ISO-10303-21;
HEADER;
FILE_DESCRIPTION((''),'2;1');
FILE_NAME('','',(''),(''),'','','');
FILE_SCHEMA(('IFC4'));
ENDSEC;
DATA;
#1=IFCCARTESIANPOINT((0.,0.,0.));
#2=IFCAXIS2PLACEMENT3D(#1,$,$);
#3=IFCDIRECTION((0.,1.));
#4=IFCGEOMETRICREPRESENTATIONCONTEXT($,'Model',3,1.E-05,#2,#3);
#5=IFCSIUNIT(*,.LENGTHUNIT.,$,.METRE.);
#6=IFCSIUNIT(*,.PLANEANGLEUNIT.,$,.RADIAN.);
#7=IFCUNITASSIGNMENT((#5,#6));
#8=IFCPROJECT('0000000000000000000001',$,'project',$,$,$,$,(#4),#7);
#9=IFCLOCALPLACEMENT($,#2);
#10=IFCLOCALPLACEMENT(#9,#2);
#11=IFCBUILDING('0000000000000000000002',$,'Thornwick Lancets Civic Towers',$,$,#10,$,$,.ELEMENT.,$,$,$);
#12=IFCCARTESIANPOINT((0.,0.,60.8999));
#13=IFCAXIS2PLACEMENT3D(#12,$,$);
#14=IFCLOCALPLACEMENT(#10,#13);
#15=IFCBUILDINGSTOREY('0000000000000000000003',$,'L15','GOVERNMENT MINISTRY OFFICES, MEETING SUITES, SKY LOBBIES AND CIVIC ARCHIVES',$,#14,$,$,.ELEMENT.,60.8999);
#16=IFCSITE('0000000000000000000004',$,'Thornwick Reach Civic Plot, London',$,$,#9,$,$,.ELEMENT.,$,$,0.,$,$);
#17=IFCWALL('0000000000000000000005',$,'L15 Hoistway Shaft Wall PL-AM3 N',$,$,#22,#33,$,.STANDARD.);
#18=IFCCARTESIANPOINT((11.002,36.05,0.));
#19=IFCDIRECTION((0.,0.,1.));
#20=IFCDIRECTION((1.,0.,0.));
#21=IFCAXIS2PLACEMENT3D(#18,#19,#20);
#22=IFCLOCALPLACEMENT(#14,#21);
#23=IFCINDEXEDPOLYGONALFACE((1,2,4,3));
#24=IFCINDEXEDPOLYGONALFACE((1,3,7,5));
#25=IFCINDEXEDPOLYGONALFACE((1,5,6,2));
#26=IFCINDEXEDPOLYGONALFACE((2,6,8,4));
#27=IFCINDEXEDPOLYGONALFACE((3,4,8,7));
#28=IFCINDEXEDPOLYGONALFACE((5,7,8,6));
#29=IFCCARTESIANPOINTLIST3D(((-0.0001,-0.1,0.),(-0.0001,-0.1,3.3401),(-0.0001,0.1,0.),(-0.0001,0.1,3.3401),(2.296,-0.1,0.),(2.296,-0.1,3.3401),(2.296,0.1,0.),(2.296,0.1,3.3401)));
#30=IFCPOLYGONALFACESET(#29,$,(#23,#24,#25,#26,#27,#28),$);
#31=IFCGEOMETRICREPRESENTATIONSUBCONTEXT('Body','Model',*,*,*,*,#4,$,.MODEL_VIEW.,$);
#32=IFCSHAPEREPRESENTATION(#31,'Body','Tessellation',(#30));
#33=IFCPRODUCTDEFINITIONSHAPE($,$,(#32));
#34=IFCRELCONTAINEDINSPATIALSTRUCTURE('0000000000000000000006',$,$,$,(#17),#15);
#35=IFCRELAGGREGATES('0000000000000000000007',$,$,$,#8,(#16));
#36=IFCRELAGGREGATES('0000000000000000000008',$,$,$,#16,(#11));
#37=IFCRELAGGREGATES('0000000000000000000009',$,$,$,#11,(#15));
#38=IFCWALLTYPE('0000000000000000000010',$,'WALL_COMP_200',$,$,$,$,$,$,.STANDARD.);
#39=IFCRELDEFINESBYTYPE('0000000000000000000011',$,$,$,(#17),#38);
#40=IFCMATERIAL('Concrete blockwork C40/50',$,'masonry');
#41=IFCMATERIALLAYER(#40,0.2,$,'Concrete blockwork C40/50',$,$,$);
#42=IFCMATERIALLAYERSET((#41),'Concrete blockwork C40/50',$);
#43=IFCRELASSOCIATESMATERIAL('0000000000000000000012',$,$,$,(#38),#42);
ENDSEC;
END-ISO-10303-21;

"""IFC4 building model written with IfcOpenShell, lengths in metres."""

from ifc_helpers import new_model, si_unit, direction, frame, frame_2d, origin, place, context, subcontext, project, spatial, rectangle, extrude, material, layer, layer_set, type_object, element, save


model = new_model("IFC4")

# Units and contexts
model_context = context("Model", 3, precision=1e-05, world=origin(), true_north=direction((0.0, 1.0)))
body_context = subcontext(model_context, "Body", "Model", "MODEL_VIEW")
ifc_project = project(units=[si_unit("LENGTHUNIT", "METRE"), si_unit("PLANEANGLEUNIT", "RADIAN")], contexts=[model_context])

# Site, building, storey
site_placement = place(None, origin())
site = spatial("IfcSite", under=ifc_project, at=site_placement, Name="Thornwick Reach Civic Plot, London", CompositionType="ELEMENT", RefElevation=0.0)
building_placement = place(site_placement, origin())
building = spatial("IfcBuilding", under=site, at=building_placement, Name="Thornwick Lancets Civic Towers", CompositionType="ELEMENT")
storey_placement = place(building_placement, frame((0.0, 0.0, 60.8999)))
storey = spatial("IfcBuildingStorey", under=building, at=storey_placement, Name="L15", Description="GOVERNMENT MINISTRY OFFICES, MEETING SUITES, SKY LOBBIES AND CIVIC ARCHIVES", CompositionType="ELEMENT", Elevation=60.8999)

# Shared definitions
ifc_material_1 = material(Name="Concrete blockwork C40/50", Category="masonry")
ifc_layer_1 = layer(ifc_material_1, 0.2, Name="Concrete blockwork C40/50")
ifc_layer_set_1 = layer_set([ifc_layer_1], Name="Concrete blockwork C40/50")
wall_type_1 = type_object("IfcWallType", Name="WALL_COMP_200", PredefinedType="STANDARD", material=ifc_layer_set_1)

# Wall
wall_1_placement = place(storey_placement, frame((11.002, 36.05, 0.0), z_axis=(0.0, 0.0, 1.0), x_axis=(1.0, 0.0, 0.0)))
element("IfcWall", 1, at=wall_1_placement, inside=storey, type_object=wall_type_1, Name="L15 Hoistway Shaft Wall PL-AM3 N", PredefinedType="STANDARD", context=body_context, shape_type="SweptSolid", body=[
    extrude(rectangle(XDim=2.2961, YDim=0.2, at=frame_2d((1.1479, 0.0))), origin(), (0.0, 0.0, 1.0), 3.3401),
])

save(model, "model.ifc")
